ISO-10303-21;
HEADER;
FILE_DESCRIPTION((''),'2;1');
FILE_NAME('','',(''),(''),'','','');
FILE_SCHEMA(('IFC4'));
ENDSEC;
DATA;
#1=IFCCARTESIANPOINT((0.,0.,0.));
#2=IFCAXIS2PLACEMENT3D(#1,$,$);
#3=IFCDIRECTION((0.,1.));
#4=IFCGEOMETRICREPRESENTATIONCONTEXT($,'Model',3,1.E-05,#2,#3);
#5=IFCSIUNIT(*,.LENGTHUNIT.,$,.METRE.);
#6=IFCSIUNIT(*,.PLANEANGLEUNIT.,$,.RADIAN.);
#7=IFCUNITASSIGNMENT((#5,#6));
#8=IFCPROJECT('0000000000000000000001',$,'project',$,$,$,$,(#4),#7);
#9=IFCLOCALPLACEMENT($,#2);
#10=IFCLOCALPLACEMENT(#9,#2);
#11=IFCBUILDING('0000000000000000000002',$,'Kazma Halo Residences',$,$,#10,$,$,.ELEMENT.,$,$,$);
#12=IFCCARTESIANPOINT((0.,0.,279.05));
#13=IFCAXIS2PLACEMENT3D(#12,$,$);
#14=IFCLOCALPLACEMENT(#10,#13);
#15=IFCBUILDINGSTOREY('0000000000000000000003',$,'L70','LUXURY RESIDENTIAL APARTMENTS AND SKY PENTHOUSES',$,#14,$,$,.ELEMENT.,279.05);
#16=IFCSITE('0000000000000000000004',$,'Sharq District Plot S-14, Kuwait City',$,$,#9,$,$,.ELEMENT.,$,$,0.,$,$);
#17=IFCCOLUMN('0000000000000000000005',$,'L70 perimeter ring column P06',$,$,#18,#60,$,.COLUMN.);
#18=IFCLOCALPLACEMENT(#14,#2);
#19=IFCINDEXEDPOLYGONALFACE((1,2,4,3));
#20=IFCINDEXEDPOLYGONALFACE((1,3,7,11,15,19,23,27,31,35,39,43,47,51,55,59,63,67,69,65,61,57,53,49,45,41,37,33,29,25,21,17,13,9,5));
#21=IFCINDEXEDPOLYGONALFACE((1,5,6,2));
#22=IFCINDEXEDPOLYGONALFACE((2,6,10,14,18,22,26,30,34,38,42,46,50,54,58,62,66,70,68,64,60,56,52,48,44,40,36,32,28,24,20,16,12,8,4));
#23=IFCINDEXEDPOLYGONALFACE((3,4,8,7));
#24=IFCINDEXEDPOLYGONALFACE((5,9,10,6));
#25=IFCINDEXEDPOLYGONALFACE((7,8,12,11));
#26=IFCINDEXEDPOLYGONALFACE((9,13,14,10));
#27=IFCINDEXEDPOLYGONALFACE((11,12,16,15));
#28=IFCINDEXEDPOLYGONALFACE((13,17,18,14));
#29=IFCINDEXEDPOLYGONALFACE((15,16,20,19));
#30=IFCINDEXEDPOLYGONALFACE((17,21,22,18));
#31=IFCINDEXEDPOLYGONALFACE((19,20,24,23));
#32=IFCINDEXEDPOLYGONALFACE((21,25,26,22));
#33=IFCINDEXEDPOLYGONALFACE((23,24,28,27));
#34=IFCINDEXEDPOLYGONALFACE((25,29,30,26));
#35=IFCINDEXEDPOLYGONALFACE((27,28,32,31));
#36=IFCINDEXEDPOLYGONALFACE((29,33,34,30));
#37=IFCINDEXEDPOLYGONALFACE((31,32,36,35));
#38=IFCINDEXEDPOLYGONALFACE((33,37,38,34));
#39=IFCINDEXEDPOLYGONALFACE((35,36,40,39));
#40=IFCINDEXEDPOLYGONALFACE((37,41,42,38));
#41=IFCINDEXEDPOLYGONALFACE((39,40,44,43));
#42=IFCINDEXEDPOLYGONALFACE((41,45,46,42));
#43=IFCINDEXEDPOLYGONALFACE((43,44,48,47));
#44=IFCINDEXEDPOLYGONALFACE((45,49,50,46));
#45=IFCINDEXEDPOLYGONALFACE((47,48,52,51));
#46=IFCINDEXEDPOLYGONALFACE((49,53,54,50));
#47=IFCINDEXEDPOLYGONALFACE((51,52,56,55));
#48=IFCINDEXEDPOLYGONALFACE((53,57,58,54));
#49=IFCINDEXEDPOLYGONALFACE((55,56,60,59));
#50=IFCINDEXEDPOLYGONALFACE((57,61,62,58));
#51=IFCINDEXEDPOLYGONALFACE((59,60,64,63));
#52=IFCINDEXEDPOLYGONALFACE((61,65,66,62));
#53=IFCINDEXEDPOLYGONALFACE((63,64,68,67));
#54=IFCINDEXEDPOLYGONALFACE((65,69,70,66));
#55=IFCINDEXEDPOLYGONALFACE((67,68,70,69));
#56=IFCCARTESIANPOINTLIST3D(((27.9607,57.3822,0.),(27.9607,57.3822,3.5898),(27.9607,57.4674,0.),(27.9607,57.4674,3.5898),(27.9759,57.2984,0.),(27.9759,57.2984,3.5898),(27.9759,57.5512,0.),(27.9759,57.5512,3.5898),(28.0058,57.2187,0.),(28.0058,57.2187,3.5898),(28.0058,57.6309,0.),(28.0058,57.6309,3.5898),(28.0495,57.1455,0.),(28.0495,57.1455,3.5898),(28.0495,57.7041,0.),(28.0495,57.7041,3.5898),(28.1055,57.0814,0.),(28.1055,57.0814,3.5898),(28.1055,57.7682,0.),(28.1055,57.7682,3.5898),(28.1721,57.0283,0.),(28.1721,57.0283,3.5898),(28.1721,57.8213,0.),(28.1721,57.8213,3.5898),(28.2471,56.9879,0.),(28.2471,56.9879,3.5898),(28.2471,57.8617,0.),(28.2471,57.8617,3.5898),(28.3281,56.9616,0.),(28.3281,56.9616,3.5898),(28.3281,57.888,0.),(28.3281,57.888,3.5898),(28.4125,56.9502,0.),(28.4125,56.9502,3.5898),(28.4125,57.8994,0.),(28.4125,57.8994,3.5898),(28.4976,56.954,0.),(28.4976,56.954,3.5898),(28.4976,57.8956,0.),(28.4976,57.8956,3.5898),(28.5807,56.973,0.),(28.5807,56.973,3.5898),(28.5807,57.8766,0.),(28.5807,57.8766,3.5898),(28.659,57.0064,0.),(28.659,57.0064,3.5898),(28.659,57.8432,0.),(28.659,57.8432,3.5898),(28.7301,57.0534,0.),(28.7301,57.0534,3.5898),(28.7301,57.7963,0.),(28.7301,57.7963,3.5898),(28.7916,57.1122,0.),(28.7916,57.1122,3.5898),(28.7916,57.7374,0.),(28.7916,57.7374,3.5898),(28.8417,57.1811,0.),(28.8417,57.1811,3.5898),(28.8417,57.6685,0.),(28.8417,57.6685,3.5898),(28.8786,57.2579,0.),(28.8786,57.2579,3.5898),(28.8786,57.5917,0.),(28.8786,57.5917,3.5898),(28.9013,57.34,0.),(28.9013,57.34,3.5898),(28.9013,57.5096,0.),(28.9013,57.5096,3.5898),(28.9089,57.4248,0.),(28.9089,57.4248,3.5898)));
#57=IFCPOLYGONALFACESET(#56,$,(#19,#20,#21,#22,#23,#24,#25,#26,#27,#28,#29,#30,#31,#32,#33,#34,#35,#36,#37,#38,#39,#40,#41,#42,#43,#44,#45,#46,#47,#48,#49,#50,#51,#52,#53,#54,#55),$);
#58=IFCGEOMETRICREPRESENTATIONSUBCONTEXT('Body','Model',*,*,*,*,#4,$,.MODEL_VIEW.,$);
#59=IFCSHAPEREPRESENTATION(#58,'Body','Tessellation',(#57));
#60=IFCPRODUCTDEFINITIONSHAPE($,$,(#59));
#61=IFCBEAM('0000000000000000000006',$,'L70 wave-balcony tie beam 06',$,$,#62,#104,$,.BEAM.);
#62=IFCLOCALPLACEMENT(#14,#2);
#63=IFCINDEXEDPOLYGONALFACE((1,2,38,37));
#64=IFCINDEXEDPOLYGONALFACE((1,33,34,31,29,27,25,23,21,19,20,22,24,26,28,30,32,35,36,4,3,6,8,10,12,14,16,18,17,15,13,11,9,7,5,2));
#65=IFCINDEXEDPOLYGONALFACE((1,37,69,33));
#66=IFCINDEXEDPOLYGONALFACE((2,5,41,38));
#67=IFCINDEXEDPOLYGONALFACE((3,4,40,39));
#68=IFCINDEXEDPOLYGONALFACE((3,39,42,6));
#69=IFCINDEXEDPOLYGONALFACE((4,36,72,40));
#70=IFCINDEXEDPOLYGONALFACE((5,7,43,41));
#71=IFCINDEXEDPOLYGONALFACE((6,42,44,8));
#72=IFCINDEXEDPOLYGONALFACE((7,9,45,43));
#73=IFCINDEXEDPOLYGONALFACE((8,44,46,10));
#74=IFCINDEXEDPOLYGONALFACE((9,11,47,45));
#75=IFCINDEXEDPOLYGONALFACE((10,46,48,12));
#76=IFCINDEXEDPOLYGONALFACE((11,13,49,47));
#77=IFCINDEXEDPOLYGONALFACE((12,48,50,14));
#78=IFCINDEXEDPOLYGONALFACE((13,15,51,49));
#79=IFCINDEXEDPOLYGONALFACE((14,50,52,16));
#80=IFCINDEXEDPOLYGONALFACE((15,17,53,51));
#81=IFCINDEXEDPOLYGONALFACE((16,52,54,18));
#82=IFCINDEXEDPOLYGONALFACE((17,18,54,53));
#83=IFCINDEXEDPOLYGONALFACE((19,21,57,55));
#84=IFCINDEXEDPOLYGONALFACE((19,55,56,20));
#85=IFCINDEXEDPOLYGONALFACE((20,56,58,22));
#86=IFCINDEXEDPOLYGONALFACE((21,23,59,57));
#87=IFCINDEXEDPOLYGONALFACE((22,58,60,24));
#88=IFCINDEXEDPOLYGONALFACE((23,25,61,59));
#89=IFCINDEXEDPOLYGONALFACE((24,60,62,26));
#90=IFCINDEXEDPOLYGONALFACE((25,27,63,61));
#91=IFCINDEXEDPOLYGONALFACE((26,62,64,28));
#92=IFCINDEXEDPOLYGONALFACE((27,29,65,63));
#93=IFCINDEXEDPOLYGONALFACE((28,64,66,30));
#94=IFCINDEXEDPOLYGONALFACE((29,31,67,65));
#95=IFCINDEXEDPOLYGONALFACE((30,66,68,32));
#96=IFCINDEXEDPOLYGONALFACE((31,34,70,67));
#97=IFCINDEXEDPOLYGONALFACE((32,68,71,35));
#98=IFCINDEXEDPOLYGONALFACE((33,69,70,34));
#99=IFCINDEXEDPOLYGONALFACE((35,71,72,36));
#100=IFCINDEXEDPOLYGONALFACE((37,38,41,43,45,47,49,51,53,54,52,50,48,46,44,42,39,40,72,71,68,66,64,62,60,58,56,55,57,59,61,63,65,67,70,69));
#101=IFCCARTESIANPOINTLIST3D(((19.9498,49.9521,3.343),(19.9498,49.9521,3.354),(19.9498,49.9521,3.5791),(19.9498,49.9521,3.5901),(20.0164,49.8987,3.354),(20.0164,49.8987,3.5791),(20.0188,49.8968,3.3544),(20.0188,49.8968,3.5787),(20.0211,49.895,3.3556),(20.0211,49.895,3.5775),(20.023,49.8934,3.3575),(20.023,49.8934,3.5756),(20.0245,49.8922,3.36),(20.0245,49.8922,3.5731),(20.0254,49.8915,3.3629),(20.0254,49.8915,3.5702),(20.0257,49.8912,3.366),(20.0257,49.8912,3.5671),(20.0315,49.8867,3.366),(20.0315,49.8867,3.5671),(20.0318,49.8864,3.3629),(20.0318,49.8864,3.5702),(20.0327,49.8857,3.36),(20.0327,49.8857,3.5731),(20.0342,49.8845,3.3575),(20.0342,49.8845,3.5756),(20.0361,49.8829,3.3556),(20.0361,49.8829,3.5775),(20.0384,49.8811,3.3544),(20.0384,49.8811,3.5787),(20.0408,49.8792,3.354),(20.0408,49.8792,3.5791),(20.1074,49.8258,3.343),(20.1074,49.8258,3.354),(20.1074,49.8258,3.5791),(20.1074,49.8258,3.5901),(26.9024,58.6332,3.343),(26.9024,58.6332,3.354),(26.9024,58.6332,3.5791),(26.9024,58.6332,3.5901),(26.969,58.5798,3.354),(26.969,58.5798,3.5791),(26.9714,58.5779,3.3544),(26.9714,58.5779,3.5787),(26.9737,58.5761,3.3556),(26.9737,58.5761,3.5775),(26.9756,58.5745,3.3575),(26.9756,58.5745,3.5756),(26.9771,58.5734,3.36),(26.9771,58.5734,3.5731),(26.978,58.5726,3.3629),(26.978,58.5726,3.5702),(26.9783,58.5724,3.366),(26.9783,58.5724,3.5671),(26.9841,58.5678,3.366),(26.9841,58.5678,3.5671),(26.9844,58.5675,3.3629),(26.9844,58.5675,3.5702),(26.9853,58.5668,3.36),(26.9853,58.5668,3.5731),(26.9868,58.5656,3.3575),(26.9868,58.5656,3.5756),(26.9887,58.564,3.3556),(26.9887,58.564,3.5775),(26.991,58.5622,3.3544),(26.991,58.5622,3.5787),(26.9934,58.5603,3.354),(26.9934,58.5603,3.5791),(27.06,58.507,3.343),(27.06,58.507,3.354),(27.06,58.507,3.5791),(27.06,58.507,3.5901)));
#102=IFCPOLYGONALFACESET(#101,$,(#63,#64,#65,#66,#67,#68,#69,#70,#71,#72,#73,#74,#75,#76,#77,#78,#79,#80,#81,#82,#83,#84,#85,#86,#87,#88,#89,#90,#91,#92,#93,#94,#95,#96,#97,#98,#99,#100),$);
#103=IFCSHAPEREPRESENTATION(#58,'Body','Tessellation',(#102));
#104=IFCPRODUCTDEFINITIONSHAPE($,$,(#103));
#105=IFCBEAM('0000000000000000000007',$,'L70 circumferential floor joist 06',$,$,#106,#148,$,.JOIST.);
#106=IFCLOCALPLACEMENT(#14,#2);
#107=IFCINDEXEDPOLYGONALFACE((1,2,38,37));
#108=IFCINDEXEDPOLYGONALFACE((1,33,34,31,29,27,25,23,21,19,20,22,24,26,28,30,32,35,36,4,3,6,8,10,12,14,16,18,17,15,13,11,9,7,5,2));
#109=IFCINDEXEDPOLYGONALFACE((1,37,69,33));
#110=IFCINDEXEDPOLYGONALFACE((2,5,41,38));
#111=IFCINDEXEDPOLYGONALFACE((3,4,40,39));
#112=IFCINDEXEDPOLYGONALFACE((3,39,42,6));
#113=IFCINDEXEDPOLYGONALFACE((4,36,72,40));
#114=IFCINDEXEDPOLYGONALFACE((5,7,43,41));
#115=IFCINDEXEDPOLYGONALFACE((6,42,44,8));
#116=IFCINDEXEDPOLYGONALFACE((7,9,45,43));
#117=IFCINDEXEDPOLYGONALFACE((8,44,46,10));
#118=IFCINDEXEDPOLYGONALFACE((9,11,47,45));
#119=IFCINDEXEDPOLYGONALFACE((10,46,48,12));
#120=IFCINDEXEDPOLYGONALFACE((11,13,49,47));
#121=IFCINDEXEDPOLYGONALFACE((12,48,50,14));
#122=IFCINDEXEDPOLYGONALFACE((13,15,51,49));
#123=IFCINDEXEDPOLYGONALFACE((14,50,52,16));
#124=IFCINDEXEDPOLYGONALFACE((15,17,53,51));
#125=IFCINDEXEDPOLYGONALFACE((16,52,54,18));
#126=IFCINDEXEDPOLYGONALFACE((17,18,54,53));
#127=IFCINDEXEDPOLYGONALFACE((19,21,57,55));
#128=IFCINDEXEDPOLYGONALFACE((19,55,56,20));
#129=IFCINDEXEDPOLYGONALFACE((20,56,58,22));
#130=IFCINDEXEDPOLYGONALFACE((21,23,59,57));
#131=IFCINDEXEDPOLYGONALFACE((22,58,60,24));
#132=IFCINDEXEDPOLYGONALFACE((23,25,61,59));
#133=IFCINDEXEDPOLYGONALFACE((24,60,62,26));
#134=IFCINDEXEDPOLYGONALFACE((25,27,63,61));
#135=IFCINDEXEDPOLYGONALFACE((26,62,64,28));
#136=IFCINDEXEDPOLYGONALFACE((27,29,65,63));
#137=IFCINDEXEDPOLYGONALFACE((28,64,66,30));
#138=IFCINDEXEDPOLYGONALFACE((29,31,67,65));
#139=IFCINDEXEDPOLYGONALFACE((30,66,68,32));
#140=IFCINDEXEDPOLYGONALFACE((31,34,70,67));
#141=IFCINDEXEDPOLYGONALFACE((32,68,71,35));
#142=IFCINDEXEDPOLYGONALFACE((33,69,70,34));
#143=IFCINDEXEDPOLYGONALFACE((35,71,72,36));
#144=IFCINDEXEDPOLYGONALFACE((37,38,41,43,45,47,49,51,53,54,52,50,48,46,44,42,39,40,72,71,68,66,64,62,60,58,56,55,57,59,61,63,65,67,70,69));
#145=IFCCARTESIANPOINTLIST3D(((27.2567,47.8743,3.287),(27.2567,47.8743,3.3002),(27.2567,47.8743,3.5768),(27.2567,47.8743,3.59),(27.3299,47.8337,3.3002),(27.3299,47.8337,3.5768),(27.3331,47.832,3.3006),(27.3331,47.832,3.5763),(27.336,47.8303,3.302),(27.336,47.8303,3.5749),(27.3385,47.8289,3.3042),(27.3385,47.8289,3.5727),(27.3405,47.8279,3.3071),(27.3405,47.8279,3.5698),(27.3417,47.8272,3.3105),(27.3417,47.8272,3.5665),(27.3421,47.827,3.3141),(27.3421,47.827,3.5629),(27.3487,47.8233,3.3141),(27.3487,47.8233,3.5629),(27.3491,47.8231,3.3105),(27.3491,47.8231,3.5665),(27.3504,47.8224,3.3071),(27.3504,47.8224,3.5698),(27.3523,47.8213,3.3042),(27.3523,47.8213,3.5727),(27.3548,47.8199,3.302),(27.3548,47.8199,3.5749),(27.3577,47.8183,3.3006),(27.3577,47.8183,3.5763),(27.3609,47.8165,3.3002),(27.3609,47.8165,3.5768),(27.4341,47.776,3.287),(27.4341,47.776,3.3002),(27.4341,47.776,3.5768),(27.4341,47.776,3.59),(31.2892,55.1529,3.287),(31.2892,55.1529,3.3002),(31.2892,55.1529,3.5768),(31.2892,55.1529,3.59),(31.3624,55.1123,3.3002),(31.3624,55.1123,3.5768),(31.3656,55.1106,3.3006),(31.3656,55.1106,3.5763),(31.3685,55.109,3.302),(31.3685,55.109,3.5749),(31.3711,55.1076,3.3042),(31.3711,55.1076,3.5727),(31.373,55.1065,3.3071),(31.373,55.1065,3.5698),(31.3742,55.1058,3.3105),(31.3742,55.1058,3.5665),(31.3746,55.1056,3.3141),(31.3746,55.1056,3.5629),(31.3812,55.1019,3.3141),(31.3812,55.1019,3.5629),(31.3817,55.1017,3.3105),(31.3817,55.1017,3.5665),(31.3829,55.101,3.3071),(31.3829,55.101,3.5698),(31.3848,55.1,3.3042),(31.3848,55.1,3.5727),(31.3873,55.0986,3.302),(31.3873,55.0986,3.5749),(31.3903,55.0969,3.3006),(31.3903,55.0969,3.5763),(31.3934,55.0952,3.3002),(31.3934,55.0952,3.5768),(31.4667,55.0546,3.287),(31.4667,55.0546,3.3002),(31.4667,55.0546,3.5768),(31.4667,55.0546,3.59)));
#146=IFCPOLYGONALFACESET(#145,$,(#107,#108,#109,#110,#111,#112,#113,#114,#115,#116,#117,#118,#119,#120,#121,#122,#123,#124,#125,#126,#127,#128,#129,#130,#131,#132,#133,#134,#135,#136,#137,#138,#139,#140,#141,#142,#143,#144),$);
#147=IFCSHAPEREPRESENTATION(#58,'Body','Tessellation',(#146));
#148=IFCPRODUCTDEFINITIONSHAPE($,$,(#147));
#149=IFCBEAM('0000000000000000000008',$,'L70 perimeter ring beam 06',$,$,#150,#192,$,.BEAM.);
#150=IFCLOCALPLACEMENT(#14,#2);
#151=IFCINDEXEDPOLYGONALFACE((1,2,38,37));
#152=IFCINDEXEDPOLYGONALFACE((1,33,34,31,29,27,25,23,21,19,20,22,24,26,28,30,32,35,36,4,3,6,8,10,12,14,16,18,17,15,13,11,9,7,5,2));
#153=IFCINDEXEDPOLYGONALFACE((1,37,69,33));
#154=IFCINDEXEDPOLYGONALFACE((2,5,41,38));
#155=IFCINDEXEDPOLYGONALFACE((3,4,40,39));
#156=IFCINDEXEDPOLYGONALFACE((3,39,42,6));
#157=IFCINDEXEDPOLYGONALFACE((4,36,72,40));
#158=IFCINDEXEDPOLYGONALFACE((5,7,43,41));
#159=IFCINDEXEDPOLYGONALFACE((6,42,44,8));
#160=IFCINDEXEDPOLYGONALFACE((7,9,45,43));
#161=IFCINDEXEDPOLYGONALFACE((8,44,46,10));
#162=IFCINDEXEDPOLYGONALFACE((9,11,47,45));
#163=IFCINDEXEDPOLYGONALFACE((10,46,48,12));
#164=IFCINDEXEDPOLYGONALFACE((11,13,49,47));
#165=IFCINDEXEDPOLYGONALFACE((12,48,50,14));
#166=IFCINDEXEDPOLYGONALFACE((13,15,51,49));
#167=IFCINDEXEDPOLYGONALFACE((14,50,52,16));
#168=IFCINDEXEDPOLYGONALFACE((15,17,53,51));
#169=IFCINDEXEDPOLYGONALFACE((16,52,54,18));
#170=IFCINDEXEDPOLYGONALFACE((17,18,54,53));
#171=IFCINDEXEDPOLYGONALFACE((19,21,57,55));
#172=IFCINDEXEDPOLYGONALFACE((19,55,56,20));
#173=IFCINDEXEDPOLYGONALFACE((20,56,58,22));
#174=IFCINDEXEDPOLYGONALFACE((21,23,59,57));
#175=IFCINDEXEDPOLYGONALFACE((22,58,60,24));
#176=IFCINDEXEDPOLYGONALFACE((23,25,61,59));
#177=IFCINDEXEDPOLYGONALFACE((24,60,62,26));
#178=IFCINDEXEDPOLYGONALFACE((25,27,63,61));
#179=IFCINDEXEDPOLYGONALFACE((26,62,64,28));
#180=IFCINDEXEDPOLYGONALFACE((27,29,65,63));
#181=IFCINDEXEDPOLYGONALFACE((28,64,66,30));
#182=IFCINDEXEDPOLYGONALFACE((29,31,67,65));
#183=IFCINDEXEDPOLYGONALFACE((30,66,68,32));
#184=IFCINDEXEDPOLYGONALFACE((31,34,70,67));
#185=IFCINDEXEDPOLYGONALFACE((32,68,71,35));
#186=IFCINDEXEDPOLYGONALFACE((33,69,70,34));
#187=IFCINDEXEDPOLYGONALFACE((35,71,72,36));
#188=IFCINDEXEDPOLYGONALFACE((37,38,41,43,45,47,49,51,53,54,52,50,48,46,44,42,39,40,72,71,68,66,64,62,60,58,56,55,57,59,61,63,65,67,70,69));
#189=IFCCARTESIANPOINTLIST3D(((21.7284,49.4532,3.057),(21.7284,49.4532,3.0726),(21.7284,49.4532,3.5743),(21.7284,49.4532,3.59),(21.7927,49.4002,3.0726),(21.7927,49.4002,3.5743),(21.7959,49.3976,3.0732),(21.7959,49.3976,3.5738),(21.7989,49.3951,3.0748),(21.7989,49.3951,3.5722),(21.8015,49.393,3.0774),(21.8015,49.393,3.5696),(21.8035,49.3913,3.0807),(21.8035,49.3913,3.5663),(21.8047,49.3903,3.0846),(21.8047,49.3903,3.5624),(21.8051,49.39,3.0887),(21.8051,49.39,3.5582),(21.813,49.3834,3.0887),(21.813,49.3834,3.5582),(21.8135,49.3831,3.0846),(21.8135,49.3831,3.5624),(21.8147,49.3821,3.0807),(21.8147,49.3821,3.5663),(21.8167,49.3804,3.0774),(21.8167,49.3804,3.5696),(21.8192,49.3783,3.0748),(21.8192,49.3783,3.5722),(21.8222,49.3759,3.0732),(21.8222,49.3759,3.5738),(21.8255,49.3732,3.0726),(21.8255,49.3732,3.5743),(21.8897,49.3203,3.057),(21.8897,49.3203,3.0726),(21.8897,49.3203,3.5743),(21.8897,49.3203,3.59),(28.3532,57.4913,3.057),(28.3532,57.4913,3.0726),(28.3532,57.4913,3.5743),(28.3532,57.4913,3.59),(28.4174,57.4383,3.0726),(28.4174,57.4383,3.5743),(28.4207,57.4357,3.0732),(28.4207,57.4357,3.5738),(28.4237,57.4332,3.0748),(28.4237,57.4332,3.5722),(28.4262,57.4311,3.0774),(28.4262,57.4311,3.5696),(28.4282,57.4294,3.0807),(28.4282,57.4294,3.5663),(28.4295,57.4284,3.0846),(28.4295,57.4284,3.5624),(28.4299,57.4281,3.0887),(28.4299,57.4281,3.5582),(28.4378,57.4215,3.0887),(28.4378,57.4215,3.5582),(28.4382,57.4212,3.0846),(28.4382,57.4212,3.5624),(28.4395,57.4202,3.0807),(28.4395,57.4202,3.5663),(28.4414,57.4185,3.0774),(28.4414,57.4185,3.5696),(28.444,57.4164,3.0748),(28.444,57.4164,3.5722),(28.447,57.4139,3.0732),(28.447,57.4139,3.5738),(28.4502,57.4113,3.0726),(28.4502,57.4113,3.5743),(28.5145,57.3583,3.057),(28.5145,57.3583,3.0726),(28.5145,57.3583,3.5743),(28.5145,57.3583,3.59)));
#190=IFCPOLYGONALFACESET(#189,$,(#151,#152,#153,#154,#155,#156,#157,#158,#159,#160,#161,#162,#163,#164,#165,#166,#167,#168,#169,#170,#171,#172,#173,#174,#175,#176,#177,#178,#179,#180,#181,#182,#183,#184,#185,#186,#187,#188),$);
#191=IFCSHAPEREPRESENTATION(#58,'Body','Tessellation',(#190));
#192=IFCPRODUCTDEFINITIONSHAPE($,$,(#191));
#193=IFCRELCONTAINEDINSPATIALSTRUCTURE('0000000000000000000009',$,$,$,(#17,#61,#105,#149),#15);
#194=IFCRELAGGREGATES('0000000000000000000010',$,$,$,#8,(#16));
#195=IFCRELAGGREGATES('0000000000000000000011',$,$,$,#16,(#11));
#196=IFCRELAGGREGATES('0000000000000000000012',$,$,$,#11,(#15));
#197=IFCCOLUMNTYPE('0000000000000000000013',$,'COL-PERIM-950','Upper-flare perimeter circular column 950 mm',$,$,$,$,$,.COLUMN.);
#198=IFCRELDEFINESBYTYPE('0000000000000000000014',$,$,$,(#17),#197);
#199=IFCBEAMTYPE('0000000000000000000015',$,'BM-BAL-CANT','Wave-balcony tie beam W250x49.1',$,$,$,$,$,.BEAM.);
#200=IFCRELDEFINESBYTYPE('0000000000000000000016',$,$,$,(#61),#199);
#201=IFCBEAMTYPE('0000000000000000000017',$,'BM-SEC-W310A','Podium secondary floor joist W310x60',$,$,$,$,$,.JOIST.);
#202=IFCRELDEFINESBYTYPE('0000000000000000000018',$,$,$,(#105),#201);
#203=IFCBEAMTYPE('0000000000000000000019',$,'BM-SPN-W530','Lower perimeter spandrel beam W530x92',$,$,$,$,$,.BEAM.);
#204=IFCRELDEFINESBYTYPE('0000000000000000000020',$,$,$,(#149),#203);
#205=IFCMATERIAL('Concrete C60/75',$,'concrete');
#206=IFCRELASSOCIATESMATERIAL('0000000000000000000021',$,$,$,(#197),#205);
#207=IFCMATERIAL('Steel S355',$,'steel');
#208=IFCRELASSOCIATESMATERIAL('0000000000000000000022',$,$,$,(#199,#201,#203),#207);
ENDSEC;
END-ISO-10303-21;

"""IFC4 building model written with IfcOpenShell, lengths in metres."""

from ifc_helpers import new_model, si_unit, direction, frame, origin, origin_2d, place, context, subcontext, project, spatial, circle, i_section, extrude, material, material_profile, profile_set, type_object, element, save


model = new_model("IFC4")

# Units and contexts
model_context = context("Model", 3, precision=1e-05, world=origin(), true_north=direction((0.0, 1.0)))
body_context = subcontext(model_context, "Body", "Model", "MODEL_VIEW")
ifc_project = project(units=[si_unit("LENGTHUNIT", "METRE"), si_unit("PLANEANGLEUNIT", "RADIAN")], contexts=[model_context])

# Site, building, storey
site_placement = place(None, origin())
site = spatial("IfcSite", under=ifc_project, at=site_placement, Name="Sharq District Plot S-14, Kuwait City", CompositionType="ELEMENT", RefElevation=0.0)
building_placement = place(site_placement, origin())
building = spatial("IfcBuilding", under=site, at=building_placement, Name="Kazma Halo Residences", CompositionType="ELEMENT")
storey_placement = place(building_placement, frame((0.0, 0.0, 279.05)))
storey = spatial("IfcBuildingStorey", under=building, at=storey_placement, Name="L70", Description="LUXURY RESIDENTIAL APARTMENTS AND SKY PENTHOUSES", CompositionType="ELEMENT", Elevation=279.05)

# Column
ifc_material_1 = material(Name="Concrete C60/75", Category="concrete")
ifc_material_profile_1 = material_profile(ifc_material_1, circle(Radius=0.4751, at=origin_2d()), Name="CIRC950")
ifc_profile_set_1 = profile_set([ifc_material_profile_1], Name="Concrete C60/75")
column_type = type_object("IfcColumnType", Name="COL-PERIM-950", Description="Upper-flare perimeter circular column 950 mm", PredefinedType="COLUMN", material=ifc_profile_set_1)
column_placement = place(storey_placement, frame((28.4338, 57.4248, 0.0), z_axis=(0.0, 0.0, 1.0), x_axis=(1.0, 0.0, 0.0)))
element("IfcColumn", 1, at=column_placement, inside=storey, type_object=column_type, Name="L70 perimeter ring column P06", PredefinedType="COLUMN", context=body_context, shape_type="SweptSolid", body=[
    extrude(circle(Radius=0.4751, at=origin_2d()), origin(), (0.0, 0.0, 1.0), 3.5898),
])

# Beams
ifc_material_2 = material(Name="Steel S355", Category="steel")
ifc_material_profile_2 = material_profile(ifc_material_2, i_section(OverallWidth=0.2019, OverallDepth=0.2471, WebThickness=0.0073, FlangeThickness=0.011, FilletRadius=0.012, at=origin_2d()), Name="W250x49.1")
ifc_profile_set_2 = profile_set([ifc_material_profile_2], Name="Steel S355")
beam_type_1 = type_object("IfcBeamType", Name="BM-BAL-CANT", Description="Wave-balcony tie beam W250x49.1", PredefinedType="BEAM", material=ifc_profile_set_2)
beam_1_placement = place(storey_placement, frame((26.9812, 58.5701, 3.4666), z_axis=(-0.625118, -0.78053, 0.0), x_axis=(0.78053, -0.625118, 0.0)))
element("IfcBeam", 2, at=beam_1_placement, inside=storey, type_object=beam_type_1, Name="L70 wave-balcony tie beam 06", PredefinedType="BEAM", context=body_context, shape_type="SweptSolid", body=[
    extrude(i_section(OverallWidth=0.2019, OverallDepth=0.2471, WebThickness=0.0073, FlangeThickness=0.011, FilletRadius=0.012, at=origin_2d()), origin(), (0.0, 0.0, 1.0), 11.1221),
])
ifc_material_profile_3 = material_profile(ifc_material_2, i_section(OverallWidth=0.2029, OverallDepth=0.303, WebThickness=0.0076, FlangeThickness=0.0132, FilletRadius=0.0139, at=origin_2d()), Name="W310x60")
ifc_profile_set_3 = profile_set([ifc_material_profile_3], Name="Steel S355")
beam_type_2 = type_object("IfcBeamType", Name="BM-SEC-W310A", Description="Podium secondary floor joist W310x60", PredefinedType="JOIST", material=ifc_profile_set_3)
beam_2_placement = place(storey_placement, frame((31.3779, 55.1038, 3.4385), z_axis=(-0.484616, -0.874727, 0.0), x_axis=(0.874727, -0.484616, 0.0)))
element("IfcBeam", 3, at=beam_2_placement, inside=storey, type_object=beam_type_2, Name="L70 circumferential floor joist 06", PredefinedType="JOIST", context=body_context, shape_type="SweptSolid", body=[
    extrude(i_section(OverallWidth=0.2029, OverallDepth=0.303, WebThickness=0.0076, FlangeThickness=0.0132, FilletRadius=0.0139, at=origin_2d()), origin(), (0.0, 0.0, 1.0), 8.321),
])
ifc_material_profile_4 = material_profile(ifc_material_2, i_section(OverallWidth=0.209, OverallDepth=0.533, WebThickness=0.0103, FlangeThickness=0.0156, FilletRadius=0.0161, at=origin_2d()), Name="W530x92")
ifc_profile_set_4 = profile_set([ifc_material_profile_4], Name="Steel S355")
beam_type_3 = type_object("IfcBeamType", Name="BM-SPN-W530", Description="Lower perimeter spandrel beam W530x92", PredefinedType="BEAM", material=ifc_profile_set_4)
beam_3_placement = place(storey_placement, frame((28.4338, 57.4248, 3.3235), z_axis=(-0.636002, -0.771687, 0.0), x_axis=(0.771687, -0.636002, 0.0)))
element("IfcBeam", 4, at=beam_3_placement, inside=storey, type_object=beam_type_3, Name="L70 perimeter ring beam 06", PredefinedType="BEAM", context=body_context, shape_type="SweptSolid", body=[
    extrude(i_section(OverallWidth=0.209, OverallDepth=0.533, WebThickness=0.0103, FlangeThickness=0.0156, FilletRadius=0.0161, at=origin_2d()), origin(), (0.0, 0.0, 1.0), 10.4163),
])

save(model, "model.ifc")
